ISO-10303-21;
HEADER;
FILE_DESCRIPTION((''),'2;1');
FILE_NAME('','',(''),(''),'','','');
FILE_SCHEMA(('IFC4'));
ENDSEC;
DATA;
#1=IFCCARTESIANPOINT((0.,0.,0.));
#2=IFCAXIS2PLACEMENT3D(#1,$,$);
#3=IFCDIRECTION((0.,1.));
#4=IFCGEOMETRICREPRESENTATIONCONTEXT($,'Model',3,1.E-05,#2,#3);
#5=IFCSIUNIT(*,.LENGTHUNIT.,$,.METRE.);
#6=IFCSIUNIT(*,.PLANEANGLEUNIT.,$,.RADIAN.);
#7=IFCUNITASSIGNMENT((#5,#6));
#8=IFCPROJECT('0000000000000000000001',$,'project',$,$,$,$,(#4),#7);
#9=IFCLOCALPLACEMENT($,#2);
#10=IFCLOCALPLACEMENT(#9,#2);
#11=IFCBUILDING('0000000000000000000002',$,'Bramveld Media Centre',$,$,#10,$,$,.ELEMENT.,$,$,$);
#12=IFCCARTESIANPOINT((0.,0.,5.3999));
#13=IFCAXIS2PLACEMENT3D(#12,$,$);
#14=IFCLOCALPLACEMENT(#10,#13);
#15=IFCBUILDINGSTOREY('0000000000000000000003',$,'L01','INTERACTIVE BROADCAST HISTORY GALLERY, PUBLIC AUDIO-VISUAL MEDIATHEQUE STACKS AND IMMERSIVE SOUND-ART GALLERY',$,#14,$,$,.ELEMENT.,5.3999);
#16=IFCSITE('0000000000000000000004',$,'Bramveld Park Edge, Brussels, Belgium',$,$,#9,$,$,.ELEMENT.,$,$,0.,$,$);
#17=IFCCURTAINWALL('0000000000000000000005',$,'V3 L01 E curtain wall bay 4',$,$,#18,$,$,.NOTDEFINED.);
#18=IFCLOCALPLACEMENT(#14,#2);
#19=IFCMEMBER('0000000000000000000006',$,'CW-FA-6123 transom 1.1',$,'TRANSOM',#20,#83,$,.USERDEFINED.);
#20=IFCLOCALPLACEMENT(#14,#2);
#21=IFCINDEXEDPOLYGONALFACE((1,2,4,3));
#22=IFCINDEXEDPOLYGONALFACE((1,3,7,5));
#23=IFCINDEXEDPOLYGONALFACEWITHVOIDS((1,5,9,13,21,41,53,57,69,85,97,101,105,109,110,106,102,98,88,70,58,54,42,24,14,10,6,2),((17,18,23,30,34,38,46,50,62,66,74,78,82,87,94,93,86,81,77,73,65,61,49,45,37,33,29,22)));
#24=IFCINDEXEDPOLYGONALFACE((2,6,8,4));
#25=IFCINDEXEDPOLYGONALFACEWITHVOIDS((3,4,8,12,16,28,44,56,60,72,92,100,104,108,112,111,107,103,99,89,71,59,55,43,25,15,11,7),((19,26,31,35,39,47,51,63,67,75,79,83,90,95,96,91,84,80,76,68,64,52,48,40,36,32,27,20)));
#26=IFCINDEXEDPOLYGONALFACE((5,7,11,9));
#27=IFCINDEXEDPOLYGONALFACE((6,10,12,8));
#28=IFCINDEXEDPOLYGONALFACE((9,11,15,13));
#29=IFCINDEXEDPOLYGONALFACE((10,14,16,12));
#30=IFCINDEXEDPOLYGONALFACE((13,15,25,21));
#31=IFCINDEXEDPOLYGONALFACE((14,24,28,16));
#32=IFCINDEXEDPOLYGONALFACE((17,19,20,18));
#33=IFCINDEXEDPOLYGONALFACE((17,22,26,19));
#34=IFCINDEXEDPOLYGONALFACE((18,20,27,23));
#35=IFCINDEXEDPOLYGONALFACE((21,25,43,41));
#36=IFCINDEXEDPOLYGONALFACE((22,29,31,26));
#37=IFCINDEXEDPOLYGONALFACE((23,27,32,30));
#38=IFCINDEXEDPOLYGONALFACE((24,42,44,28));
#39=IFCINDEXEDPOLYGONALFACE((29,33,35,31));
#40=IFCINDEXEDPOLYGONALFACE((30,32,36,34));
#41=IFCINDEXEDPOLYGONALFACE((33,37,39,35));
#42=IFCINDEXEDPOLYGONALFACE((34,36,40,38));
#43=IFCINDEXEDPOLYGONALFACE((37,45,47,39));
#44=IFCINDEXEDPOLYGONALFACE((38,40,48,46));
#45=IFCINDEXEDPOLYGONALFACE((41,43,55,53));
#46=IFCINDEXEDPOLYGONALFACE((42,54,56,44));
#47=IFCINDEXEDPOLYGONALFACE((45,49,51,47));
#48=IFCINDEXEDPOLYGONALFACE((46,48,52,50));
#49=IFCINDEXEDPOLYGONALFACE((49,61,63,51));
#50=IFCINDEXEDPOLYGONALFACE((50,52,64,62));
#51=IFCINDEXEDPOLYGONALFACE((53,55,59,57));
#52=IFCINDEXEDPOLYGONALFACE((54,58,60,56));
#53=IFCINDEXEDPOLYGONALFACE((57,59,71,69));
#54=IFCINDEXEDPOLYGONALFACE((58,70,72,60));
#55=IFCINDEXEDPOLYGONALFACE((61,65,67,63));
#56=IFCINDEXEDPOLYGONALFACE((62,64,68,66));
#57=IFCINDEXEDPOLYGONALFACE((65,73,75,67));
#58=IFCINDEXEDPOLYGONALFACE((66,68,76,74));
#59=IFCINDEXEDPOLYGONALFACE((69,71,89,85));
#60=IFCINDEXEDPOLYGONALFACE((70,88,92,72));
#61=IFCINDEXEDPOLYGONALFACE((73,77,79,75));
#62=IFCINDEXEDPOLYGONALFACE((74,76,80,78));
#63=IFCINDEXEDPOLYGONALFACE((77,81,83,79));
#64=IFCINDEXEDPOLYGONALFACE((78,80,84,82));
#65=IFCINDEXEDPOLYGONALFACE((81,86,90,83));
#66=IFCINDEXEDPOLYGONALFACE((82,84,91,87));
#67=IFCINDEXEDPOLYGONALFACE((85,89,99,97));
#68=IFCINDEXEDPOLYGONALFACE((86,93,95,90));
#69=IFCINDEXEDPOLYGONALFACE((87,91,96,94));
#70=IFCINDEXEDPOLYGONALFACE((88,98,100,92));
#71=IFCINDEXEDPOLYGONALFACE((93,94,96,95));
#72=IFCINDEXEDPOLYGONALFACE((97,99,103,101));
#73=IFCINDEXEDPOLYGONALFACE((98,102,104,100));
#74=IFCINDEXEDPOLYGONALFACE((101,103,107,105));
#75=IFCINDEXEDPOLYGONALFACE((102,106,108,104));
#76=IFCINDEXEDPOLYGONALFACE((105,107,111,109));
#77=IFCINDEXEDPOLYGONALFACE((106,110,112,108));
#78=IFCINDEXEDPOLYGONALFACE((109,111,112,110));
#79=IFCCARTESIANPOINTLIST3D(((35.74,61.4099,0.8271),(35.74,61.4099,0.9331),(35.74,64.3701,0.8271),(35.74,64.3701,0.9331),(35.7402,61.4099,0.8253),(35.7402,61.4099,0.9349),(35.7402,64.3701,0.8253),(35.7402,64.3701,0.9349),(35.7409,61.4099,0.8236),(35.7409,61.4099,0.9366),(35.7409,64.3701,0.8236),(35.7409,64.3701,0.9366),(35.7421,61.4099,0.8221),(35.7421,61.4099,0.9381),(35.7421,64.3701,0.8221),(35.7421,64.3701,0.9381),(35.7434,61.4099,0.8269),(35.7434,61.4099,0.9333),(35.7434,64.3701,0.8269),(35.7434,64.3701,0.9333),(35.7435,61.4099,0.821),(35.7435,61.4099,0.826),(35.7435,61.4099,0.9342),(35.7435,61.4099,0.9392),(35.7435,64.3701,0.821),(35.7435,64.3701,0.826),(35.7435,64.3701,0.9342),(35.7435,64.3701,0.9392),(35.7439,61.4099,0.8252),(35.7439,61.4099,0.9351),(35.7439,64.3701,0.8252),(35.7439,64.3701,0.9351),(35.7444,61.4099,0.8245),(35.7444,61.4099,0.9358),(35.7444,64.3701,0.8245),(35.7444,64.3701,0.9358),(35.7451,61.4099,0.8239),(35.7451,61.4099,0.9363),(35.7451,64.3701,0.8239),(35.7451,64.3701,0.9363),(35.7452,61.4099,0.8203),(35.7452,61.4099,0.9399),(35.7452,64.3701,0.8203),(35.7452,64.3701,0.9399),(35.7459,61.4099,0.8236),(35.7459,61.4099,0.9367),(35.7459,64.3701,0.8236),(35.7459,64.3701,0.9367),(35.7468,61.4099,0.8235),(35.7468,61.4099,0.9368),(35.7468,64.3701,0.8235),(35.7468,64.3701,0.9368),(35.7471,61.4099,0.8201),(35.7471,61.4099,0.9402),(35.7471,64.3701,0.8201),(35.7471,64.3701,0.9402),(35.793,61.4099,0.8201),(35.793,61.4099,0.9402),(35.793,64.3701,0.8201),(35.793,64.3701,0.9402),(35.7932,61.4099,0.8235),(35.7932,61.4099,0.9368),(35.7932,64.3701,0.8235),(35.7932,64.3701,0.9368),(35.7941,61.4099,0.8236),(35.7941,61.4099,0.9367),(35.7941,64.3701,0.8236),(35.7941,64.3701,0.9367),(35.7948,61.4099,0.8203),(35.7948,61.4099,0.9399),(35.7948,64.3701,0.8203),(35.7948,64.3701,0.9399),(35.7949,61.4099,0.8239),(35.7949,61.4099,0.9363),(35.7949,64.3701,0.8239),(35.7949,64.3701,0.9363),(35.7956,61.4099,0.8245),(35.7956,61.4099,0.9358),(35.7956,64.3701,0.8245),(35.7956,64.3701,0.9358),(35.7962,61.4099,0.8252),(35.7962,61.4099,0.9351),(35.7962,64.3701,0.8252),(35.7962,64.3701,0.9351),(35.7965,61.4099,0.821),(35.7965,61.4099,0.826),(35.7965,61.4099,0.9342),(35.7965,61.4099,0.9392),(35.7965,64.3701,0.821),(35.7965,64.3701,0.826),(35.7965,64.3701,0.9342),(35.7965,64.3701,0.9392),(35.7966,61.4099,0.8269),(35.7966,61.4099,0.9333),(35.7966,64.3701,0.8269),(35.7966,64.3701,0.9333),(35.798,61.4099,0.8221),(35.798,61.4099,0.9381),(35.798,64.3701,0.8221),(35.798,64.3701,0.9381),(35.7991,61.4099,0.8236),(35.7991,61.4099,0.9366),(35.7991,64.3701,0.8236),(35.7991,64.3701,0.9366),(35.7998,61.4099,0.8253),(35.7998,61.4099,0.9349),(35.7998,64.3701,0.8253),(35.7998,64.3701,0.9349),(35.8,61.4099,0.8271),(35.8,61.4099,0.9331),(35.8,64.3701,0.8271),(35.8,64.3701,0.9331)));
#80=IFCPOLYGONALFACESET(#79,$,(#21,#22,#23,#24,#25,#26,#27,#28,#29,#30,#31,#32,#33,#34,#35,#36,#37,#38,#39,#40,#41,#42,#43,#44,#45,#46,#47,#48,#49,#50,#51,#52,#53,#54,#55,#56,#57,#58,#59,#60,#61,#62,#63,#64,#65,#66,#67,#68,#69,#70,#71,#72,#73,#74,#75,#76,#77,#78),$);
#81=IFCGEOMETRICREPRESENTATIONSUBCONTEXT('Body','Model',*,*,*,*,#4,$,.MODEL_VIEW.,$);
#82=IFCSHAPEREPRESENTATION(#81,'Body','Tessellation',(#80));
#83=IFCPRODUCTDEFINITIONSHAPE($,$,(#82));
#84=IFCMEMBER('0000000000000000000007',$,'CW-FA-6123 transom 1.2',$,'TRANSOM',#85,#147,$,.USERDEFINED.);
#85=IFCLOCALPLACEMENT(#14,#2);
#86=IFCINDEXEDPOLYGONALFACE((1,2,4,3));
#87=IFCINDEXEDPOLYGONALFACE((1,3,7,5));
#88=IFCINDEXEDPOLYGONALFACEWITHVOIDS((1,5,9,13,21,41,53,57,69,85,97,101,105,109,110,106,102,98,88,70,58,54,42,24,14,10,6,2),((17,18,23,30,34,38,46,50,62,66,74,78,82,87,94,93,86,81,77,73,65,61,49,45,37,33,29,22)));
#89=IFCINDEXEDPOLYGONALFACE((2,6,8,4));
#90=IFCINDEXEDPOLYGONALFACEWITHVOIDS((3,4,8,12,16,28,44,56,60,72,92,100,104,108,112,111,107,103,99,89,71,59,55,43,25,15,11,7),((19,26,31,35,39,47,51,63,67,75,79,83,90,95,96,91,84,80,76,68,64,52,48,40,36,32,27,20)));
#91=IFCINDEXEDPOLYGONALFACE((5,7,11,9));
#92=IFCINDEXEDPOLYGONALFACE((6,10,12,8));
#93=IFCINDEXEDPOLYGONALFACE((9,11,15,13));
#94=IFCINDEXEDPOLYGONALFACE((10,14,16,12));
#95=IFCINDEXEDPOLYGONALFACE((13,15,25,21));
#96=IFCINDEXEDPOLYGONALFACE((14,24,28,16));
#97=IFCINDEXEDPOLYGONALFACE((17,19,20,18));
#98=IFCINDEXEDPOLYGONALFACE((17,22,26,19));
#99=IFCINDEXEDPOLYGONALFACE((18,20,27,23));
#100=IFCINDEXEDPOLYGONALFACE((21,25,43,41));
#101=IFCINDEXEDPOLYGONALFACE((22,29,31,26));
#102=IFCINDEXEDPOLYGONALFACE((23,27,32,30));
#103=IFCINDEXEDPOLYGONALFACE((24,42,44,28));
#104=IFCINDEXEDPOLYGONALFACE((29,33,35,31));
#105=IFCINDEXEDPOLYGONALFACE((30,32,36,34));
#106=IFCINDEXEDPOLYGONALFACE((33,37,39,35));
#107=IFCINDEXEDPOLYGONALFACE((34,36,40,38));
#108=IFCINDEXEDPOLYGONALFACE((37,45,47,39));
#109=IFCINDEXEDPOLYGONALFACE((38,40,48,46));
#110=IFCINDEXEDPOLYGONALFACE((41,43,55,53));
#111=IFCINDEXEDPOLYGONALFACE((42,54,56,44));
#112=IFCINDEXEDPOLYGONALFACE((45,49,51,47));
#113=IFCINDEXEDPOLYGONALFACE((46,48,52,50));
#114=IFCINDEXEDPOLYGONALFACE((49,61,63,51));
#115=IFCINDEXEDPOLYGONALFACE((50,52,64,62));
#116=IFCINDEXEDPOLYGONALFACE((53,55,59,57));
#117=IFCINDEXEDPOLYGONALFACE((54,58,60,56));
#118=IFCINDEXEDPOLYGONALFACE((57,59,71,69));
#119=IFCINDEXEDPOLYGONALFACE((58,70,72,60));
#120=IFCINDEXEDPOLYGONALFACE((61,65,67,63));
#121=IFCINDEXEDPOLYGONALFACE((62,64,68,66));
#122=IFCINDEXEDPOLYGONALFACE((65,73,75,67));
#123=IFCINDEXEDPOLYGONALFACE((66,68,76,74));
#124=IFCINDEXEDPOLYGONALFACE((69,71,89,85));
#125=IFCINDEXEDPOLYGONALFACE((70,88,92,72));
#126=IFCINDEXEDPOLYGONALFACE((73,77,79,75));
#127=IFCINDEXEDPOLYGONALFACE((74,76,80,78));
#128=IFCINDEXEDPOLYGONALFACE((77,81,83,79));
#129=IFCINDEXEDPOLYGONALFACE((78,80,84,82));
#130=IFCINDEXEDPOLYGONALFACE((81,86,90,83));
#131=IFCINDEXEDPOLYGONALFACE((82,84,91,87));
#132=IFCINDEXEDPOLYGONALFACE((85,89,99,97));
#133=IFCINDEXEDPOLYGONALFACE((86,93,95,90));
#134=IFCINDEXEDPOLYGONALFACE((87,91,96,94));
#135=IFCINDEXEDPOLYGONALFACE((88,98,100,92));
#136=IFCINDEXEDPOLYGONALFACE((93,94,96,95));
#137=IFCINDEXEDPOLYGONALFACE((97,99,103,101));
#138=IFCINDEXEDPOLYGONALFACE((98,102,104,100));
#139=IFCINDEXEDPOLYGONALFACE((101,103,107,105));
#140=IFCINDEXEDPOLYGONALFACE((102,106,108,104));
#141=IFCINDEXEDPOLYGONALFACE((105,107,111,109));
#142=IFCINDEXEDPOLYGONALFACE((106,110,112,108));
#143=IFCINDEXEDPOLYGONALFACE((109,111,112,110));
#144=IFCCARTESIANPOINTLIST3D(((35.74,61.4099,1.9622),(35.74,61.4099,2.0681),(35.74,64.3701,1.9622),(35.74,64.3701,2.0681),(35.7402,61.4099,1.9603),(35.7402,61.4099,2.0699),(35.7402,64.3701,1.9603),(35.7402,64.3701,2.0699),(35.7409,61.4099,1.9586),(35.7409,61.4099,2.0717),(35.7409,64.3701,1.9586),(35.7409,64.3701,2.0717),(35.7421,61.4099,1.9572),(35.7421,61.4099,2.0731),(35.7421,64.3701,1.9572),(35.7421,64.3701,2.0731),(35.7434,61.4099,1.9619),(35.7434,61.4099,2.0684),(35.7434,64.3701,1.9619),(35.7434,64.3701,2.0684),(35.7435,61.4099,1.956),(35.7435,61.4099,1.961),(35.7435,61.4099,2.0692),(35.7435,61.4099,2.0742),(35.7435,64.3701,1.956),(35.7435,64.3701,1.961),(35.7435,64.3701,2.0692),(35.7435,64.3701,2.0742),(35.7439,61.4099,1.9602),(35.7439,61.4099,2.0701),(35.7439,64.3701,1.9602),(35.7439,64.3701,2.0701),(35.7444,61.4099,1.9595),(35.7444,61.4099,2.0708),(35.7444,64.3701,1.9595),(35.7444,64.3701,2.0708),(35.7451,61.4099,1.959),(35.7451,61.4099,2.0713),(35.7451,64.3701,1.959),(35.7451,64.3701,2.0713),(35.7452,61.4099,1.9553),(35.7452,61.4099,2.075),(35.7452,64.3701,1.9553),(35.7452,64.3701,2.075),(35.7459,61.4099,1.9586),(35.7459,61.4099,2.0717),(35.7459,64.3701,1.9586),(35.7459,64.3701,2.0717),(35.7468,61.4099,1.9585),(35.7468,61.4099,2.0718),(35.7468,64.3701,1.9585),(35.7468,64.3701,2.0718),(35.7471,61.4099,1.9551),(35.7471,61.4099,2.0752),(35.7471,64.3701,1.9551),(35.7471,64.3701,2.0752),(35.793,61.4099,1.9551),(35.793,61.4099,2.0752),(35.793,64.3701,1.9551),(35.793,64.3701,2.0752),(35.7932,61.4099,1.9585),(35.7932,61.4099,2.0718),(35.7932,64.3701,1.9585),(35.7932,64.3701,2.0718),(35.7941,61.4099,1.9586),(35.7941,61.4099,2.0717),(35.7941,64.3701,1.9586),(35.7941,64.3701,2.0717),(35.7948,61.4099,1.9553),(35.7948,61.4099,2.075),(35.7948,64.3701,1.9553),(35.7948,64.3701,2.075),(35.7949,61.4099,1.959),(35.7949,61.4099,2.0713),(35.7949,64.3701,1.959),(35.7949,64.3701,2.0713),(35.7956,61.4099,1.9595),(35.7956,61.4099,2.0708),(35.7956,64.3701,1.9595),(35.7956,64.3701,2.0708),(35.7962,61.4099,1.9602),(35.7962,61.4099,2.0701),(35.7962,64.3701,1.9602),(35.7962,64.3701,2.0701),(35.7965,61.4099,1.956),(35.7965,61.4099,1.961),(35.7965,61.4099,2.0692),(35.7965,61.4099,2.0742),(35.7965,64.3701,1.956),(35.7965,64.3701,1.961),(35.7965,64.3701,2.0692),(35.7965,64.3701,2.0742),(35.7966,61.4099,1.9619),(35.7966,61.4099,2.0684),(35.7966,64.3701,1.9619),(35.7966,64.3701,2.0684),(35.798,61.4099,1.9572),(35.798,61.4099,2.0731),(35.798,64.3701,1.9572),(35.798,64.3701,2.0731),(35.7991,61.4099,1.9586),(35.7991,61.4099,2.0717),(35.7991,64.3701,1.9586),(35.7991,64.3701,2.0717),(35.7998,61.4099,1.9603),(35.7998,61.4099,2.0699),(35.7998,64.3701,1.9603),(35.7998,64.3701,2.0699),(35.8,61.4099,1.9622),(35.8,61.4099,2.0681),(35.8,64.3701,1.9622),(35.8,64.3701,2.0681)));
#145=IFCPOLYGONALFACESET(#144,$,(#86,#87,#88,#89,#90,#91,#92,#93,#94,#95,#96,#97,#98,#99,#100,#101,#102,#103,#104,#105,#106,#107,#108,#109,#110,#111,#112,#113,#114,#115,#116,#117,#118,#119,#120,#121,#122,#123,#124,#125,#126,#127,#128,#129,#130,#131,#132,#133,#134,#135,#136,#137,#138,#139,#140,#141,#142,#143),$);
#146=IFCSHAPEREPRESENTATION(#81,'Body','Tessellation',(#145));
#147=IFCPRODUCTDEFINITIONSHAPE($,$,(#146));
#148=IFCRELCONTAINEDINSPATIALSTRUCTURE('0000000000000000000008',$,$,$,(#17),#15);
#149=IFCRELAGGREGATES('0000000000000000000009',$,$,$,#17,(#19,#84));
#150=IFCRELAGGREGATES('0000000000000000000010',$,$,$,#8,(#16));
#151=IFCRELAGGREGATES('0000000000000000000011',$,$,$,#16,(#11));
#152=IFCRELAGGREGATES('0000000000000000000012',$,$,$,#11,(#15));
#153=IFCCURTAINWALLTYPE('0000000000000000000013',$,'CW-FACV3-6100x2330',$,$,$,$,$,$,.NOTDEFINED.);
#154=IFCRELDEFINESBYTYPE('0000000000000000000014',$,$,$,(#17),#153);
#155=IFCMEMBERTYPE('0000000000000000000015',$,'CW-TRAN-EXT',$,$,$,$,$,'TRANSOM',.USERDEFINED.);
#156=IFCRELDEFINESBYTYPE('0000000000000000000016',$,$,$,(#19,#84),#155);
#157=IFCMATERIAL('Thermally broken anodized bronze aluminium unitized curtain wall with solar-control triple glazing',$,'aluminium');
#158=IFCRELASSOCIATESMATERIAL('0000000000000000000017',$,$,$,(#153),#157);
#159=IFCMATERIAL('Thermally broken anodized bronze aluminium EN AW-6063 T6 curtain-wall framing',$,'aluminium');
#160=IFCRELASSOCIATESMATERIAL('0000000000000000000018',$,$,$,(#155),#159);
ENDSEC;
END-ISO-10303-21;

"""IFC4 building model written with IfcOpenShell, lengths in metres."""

from ifc_helpers import new_model, si_unit, direction, frame, origin, origin_2d, place, context, subcontext, project, spatial, hollow_rectangle, extrude, material, material_profile, profile_set, type_object, element, aggregate, save


model = new_model("IFC4")

# Units and contexts
model_context = context("Model", 3, precision=1e-05, world=origin(), true_north=direction((0.0, 1.0)))
body_context = subcontext(model_context, "Body", "Model", "MODEL_VIEW")
ifc_project = project(units=[si_unit("LENGTHUNIT", "METRE"), si_unit("PLANEANGLEUNIT", "RADIAN")], contexts=[model_context])

# Site, building, storey
site_placement = place(None, origin())
site = spatial("IfcSite", under=ifc_project, at=site_placement, Name="Bramveld Park Edge, Brussels, Belgium", CompositionType="ELEMENT", RefElevation=0.0)
building_placement = place(site_placement, origin())
building = spatial("IfcBuilding", under=site, at=building_placement, Name="Bramveld Media Centre", CompositionType="ELEMENT")
storey_placement = place(building_placement, frame((0.0, 0.0, 5.3999)))
storey = spatial("IfcBuildingStorey", under=building, at=storey_placement, Name="L01", Description="INTERACTIVE BROADCAST HISTORY GALLERY, PUBLIC AUDIO-VISUAL MEDIATHEQUE STACKS AND IMMERSIVE SOUND-ART GALLERY", CompositionType="ELEMENT", Elevation=5.3999)

# Curtain wall, members
ifc_material_1 = material(Name="Thermally broken anodized bronze aluminium unitized curtain wall with solar-control triple glazing", Category="aluminium")
curtain_wall_type = type_object("IfcCurtainWallType", Name="CW-FACV3-6100x2330", PredefinedType="NOTDEFINED", material=ifc_material_1)
curtain_wall_placement = place(storey_placement, origin())
curtain_wall = element("IfcCurtainWall", 1, at=curtain_wall_placement, inside=storey, type_object=curtain_wall_type, Name="V3 L01 E curtain wall bay 4", PredefinedType="NOTDEFINED")
ifc_material_2 = material(Name="Thermally broken anodized bronze aluminium EN AW-6063 T6 curtain-wall framing", Category="aluminium")
ifc_material_profile_1 = material_profile(ifc_material_2, hollow_rectangle(XDim=0.0601, YDim=0.1201, WallThickness=0.0034, InnerFilletRadius=0.0034, OuterFilletRadius=0.0071, at=origin_2d()), Name="AL-TRAN 60x120")
ifc_profile_set_1 = profile_set([ifc_material_profile_1], Name="Thermally broken anodized bronze aluminium EN AW-6063 T6 curtain-wall framing")
member_type_1 = type_object("IfcMemberType", Name="CW-TRAN-EXT", ElementType="TRANSOM", PredefinedType="USERDEFINED", material=ifc_profile_set_1)
member_1_placement = place(storey_placement, frame((35.77, 61.4099, 0.8801), z_axis=(0.0, 1.0, 0.0), x_axis=(-1.0, 0.0, 0.0)))
member_1 = element("IfcMember", 2, at=member_1_placement, type_object=member_type_1, Name="CW-FA-6123 transom 1.1", ObjectType="TRANSOM", PredefinedType="USERDEFINED", context=body_context, shape_type="SweptSolid", body=[
    extrude(hollow_rectangle(XDim=0.0601, YDim=0.1201, WallThickness=0.0034, InnerFilletRadius=0.0034, OuterFilletRadius=0.0071, at=origin_2d()), origin(), (0.0, 0.0, 1.0), 2.9602),
])
member_2_placement = place(storey_placement, frame((35.77, 61.4099, 2.0151), z_axis=(0.0, 1.0, 0.0), x_axis=(-1.0, 0.0, 0.0)))
member_2 = element("IfcMember", 3, at=member_2_placement, type_object=member_type_1, Name="CW-FA-6123 transom 1.2", ObjectType="TRANSOM", PredefinedType="USERDEFINED", context=body_context, shape_type="SweptSolid", body=[
    extrude(hollow_rectangle(XDim=0.0601, YDim=0.1201, WallThickness=0.0034, InnerFilletRadius=0.0034, OuterFilletRadius=0.0071, at=origin_2d()), origin(), (0.0, 0.0, 1.0), 2.9602),
])

aggregate(curtain_wall, [member_1, member_2])

save(model, "model.ifc")
